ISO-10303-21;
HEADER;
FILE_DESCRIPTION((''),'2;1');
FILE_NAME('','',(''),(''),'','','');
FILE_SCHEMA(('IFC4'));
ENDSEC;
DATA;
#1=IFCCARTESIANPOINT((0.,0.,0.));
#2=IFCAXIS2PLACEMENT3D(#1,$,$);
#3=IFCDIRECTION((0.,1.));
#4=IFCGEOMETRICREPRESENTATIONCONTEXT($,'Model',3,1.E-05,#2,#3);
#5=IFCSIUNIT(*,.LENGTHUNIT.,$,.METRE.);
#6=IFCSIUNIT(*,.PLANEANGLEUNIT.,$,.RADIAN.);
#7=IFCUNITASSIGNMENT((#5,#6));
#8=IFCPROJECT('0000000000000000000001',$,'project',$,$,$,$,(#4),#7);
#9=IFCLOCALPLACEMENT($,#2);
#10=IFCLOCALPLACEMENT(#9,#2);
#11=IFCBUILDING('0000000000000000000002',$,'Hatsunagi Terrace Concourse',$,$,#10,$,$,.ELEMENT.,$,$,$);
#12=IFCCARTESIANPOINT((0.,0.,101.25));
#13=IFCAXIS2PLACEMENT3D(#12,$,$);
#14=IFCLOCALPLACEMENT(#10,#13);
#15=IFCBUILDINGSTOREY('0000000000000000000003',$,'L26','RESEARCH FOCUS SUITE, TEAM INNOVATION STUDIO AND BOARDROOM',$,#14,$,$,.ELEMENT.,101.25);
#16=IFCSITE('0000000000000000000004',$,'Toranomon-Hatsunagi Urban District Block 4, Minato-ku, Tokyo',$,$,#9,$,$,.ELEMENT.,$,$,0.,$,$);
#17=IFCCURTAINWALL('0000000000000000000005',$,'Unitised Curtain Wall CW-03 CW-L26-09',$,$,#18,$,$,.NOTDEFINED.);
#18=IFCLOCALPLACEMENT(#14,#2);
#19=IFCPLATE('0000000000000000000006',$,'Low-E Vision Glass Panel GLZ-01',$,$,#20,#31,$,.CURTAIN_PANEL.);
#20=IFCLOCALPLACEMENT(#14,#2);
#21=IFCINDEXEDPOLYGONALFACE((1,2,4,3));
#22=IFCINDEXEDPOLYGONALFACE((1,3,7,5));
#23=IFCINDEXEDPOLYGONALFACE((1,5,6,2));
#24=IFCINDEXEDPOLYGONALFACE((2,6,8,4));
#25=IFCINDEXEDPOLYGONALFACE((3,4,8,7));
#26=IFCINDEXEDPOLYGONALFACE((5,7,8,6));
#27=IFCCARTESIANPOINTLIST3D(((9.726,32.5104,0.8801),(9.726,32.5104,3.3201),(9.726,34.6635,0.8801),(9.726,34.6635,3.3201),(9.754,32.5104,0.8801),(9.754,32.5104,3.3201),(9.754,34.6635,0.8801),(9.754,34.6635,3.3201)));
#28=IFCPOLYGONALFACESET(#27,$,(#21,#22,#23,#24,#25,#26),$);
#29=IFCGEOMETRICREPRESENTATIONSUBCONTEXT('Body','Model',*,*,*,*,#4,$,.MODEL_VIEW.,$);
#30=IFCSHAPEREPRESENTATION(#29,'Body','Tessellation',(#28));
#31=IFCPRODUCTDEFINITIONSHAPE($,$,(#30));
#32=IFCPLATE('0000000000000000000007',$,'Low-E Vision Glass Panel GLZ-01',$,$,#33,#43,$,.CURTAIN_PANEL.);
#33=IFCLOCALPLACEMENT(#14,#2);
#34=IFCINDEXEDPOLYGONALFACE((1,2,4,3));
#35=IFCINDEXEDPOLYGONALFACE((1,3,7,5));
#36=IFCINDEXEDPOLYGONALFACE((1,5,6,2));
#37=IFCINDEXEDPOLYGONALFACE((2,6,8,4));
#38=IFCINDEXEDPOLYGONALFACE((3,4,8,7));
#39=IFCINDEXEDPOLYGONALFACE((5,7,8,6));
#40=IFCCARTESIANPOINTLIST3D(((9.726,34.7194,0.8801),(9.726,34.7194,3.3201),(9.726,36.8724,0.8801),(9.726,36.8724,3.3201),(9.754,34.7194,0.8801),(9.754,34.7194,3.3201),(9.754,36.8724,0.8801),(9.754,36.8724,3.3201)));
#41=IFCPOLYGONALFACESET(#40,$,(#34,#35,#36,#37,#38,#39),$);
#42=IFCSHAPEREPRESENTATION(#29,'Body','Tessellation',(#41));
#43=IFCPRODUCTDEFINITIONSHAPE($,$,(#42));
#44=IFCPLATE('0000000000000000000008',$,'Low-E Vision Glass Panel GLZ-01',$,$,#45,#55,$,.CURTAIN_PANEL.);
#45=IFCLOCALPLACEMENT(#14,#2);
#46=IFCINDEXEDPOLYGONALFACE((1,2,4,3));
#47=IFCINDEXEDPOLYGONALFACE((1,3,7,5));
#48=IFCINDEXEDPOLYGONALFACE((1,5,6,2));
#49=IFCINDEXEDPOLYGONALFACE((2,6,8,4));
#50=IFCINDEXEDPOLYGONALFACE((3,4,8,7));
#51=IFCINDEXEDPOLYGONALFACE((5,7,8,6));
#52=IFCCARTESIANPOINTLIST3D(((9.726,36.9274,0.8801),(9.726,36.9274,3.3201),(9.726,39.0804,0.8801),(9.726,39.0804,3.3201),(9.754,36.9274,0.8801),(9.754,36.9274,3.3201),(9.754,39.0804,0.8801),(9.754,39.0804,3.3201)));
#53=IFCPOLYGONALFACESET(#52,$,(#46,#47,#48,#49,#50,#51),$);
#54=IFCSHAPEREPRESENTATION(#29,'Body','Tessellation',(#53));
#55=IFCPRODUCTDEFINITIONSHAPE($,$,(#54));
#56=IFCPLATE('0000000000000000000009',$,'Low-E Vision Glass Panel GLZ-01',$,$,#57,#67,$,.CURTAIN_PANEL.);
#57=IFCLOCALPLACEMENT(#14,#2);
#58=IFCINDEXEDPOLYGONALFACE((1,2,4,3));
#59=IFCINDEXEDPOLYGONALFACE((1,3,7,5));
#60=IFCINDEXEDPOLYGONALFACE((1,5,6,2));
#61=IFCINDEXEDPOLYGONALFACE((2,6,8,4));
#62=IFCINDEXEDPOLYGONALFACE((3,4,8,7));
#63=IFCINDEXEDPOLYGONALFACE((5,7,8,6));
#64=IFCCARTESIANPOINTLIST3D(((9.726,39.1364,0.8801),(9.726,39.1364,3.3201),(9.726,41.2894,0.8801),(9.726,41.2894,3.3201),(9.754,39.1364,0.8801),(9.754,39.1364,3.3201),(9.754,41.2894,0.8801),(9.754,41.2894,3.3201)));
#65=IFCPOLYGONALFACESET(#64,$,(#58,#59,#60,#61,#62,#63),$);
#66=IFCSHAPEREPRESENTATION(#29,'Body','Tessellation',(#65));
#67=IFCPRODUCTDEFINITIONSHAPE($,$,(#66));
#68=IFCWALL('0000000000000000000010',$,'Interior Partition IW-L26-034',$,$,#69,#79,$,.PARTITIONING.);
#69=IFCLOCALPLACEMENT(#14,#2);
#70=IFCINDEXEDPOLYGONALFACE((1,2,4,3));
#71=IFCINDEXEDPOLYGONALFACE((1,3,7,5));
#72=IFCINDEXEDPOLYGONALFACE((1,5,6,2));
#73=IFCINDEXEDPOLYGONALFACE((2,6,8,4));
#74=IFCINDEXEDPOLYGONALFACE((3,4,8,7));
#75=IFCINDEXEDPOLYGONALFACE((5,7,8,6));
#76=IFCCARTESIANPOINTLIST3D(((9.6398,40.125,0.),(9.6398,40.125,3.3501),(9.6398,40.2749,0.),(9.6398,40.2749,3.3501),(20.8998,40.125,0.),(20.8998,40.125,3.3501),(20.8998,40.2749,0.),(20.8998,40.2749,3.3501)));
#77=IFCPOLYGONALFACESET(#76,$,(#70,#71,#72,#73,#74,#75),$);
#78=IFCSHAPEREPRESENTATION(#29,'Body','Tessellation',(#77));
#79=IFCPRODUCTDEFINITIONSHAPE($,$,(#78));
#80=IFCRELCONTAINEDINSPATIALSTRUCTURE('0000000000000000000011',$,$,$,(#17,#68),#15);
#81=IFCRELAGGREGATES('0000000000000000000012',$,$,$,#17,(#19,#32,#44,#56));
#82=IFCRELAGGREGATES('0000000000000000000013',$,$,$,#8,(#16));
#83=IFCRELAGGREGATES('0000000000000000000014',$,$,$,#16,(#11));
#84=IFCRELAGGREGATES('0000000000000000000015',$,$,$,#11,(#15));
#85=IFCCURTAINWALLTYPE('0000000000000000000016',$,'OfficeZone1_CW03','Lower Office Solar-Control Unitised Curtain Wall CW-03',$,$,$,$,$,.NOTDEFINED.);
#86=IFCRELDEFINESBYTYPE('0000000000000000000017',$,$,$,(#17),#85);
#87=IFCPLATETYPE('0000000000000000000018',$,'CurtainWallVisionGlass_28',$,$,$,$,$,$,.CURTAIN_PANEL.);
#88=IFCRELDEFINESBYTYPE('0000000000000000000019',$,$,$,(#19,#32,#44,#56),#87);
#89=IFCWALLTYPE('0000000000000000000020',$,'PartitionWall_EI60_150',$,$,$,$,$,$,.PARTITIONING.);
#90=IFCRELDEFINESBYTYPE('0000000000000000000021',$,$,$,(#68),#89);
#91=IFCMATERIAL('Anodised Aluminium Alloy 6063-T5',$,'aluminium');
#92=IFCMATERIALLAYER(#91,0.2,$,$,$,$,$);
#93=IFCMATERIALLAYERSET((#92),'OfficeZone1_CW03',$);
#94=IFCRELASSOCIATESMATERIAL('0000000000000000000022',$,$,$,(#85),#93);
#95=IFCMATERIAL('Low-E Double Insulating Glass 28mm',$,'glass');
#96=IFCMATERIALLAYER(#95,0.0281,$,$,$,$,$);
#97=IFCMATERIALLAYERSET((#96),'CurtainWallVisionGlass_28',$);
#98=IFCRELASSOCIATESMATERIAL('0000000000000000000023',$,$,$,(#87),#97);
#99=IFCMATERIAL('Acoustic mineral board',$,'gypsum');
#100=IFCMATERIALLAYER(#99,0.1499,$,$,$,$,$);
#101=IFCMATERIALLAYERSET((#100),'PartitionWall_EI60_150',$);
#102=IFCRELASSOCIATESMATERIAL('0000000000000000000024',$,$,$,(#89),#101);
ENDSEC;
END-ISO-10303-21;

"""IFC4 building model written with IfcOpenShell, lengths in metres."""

from ifc_helpers import new_model, si_unit, direction, frame, frame_2d, origin, origin_2d, place, context, subcontext, project, spatial, rectangle, extrude, material, layer, layer_set, type_object, element, aggregate, save


model = new_model("IFC4")

# Units and contexts
model_context = context("Model", 3, precision=1e-05, world=origin(), true_north=direction((0.0, 1.0)))
body_context = subcontext(model_context, "Body", "Model", "MODEL_VIEW")
ifc_project = project(units=[si_unit("LENGTHUNIT", "METRE"), si_unit("PLANEANGLEUNIT", "RADIAN")], contexts=[model_context])

# Site, building, storey
site_placement = place(None, origin())
site = spatial("IfcSite", under=ifc_project, at=site_placement, Name="Toranomon-Hatsunagi Urban District Block 4, Minato-ku, Tokyo", CompositionType="ELEMENT", RefElevation=0.0)
building_placement = place(site_placement, origin())
building = spatial("IfcBuilding", under=site, at=building_placement, Name="Hatsunagi Terrace Concourse", CompositionType="ELEMENT")
storey_placement = place(building_placement, frame((0.0, 0.0, 101.25)))
storey = spatial("IfcBuildingStorey", under=building, at=storey_placement, Name="L26", Description="RESEARCH FOCUS SUITE, TEAM INNOVATION STUDIO AND BOARDROOM", CompositionType="ELEMENT", Elevation=101.25)

# Curtain wall
ifc_material_1 = material(Name="Anodised Aluminium Alloy 6063-T5", Category="aluminium")
ifc_layer_1 = layer(ifc_material_1, 0.2)
ifc_layer_set_1 = layer_set([ifc_layer_1], Name="OfficeZone1_CW03")
curtain_wall_type = type_object("IfcCurtainWallType", Name="OfficeZone1_CW03", Description="Lower Office Solar-Control Unitised Curtain Wall CW-03", PredefinedType="NOTDEFINED", material=ifc_layer_set_1)
curtain_wall_placement = place(storey_placement, origin())
curtain_wall = element("IfcCurtainWall", 1, at=curtain_wall_placement, inside=storey, type_object=curtain_wall_type, Name="Unitised Curtain Wall CW-03 CW-L26-09", PredefinedType="NOTDEFINED")

# Plates
ifc_material_2 = material(Name="Low-E Double Insulating Glass 28mm", Category="glass")
ifc_layer_2 = layer(ifc_material_2, 0.0281)
ifc_layer_set_2 = layer_set([ifc_layer_2], Name="CurtainWallVisionGlass_28")
plate_type_1 = type_object("IfcPlateType", Name="CurtainWallVisionGlass_28", PredefinedType="CURTAIN_PANEL", material=ifc_layer_set_2)
plate_1_placement = place(storey_placement, frame((9.74, 33.5869, 0.8801), z_axis=(0.0, 0.0, 1.0), x_axis=(0.0, 1.0, 0.0)))
plate_1 = element("IfcPlate", 2, at=plate_1_placement, type_object=plate_type_1, Name="Low-E Vision Glass Panel GLZ-01", PredefinedType="CURTAIN_PANEL", context=body_context, shape_type="SweptSolid", body=[
    extrude(rectangle(XDim=2.1531, YDim=0.0281, at=origin_2d()), origin(), (0.0, 0.0, 1.0), 2.4399),
])
plate_2_placement = place(storey_placement, frame((9.74, 35.7959, 0.8801), z_axis=(0.0, 0.0, 1.0), x_axis=(0.0, 1.0, 0.0)))
plate_2 = element("IfcPlate", 3, at=plate_2_placement, type_object=plate_type_1, Name="Low-E Vision Glass Panel GLZ-01", PredefinedType="CURTAIN_PANEL", context=body_context, shape_type="SweptSolid", body=[
    extrude(rectangle(XDim=2.1531, YDim=0.0281, at=origin_2d()), origin(), (0.0, 0.0, 1.0), 2.4399),
])
plate_3_placement = place(storey_placement, frame((9.74, 38.0039, 0.8801), z_axis=(0.0, 0.0, 1.0), x_axis=(0.0, 1.0, 0.0)))
plate_3 = element("IfcPlate", 4, at=plate_3_placement, type_object=plate_type_1, Name="Low-E Vision Glass Panel GLZ-01", PredefinedType="CURTAIN_PANEL", context=body_context, shape_type="SweptSolid", body=[
    extrude(rectangle(XDim=2.1531, YDim=0.0281, at=origin_2d()), origin(), (0.0, 0.0, 1.0), 2.4399),
])
plate_4_placement = place(storey_placement, frame((9.74, 40.2129, 0.8801), z_axis=(0.0, 0.0, 1.0), x_axis=(0.0, 1.0, 0.0)))
plate_4 = element("IfcPlate", 5, at=plate_4_placement, type_object=plate_type_1, Name="Low-E Vision Glass Panel GLZ-01", PredefinedType="CURTAIN_PANEL", context=body_context, shape_type="SweptSolid", body=[
    extrude(rectangle(XDim=2.1531, YDim=0.0281, at=origin_2d()), origin(), (0.0, 0.0, 1.0), 2.4399),
])
aggregate(curtain_wall, [plate_1, plate_2, plate_3, plate_4])

# Wall
ifc_material_3 = material(Name="Acoustic mineral board", Category="gypsum")
ifc_layer_3 = layer(ifc_material_3, 0.1499)
ifc_layer_set_3 = layer_set([ifc_layer_3], Name="PartitionWall_EI60_150")
wall_type = type_object("IfcWallType", Name="PartitionWall_EI60_150", PredefinedType="PARTITIONING", material=ifc_layer_set_3)
wall_placement = place(storey_placement, frame((9.6399, 40.2, 0.0), z_axis=(0.0, 0.0, 1.0), x_axis=(1.0, 0.0, 0.0)))
element("IfcWall", 6, at=wall_placement, inside=storey, type_object=wall_type, Name="Interior Partition IW-L26-034", PredefinedType="PARTITIONING", context=body_context, shape_type="SweptSolid", body=[
    extrude(rectangle(XDim=11.26, YDim=0.1499, at=frame_2d((5.6299, 0.0))), origin(), (0.0, 0.0, 1.0), 3.3501),
])

save(model, "model.ifc")
